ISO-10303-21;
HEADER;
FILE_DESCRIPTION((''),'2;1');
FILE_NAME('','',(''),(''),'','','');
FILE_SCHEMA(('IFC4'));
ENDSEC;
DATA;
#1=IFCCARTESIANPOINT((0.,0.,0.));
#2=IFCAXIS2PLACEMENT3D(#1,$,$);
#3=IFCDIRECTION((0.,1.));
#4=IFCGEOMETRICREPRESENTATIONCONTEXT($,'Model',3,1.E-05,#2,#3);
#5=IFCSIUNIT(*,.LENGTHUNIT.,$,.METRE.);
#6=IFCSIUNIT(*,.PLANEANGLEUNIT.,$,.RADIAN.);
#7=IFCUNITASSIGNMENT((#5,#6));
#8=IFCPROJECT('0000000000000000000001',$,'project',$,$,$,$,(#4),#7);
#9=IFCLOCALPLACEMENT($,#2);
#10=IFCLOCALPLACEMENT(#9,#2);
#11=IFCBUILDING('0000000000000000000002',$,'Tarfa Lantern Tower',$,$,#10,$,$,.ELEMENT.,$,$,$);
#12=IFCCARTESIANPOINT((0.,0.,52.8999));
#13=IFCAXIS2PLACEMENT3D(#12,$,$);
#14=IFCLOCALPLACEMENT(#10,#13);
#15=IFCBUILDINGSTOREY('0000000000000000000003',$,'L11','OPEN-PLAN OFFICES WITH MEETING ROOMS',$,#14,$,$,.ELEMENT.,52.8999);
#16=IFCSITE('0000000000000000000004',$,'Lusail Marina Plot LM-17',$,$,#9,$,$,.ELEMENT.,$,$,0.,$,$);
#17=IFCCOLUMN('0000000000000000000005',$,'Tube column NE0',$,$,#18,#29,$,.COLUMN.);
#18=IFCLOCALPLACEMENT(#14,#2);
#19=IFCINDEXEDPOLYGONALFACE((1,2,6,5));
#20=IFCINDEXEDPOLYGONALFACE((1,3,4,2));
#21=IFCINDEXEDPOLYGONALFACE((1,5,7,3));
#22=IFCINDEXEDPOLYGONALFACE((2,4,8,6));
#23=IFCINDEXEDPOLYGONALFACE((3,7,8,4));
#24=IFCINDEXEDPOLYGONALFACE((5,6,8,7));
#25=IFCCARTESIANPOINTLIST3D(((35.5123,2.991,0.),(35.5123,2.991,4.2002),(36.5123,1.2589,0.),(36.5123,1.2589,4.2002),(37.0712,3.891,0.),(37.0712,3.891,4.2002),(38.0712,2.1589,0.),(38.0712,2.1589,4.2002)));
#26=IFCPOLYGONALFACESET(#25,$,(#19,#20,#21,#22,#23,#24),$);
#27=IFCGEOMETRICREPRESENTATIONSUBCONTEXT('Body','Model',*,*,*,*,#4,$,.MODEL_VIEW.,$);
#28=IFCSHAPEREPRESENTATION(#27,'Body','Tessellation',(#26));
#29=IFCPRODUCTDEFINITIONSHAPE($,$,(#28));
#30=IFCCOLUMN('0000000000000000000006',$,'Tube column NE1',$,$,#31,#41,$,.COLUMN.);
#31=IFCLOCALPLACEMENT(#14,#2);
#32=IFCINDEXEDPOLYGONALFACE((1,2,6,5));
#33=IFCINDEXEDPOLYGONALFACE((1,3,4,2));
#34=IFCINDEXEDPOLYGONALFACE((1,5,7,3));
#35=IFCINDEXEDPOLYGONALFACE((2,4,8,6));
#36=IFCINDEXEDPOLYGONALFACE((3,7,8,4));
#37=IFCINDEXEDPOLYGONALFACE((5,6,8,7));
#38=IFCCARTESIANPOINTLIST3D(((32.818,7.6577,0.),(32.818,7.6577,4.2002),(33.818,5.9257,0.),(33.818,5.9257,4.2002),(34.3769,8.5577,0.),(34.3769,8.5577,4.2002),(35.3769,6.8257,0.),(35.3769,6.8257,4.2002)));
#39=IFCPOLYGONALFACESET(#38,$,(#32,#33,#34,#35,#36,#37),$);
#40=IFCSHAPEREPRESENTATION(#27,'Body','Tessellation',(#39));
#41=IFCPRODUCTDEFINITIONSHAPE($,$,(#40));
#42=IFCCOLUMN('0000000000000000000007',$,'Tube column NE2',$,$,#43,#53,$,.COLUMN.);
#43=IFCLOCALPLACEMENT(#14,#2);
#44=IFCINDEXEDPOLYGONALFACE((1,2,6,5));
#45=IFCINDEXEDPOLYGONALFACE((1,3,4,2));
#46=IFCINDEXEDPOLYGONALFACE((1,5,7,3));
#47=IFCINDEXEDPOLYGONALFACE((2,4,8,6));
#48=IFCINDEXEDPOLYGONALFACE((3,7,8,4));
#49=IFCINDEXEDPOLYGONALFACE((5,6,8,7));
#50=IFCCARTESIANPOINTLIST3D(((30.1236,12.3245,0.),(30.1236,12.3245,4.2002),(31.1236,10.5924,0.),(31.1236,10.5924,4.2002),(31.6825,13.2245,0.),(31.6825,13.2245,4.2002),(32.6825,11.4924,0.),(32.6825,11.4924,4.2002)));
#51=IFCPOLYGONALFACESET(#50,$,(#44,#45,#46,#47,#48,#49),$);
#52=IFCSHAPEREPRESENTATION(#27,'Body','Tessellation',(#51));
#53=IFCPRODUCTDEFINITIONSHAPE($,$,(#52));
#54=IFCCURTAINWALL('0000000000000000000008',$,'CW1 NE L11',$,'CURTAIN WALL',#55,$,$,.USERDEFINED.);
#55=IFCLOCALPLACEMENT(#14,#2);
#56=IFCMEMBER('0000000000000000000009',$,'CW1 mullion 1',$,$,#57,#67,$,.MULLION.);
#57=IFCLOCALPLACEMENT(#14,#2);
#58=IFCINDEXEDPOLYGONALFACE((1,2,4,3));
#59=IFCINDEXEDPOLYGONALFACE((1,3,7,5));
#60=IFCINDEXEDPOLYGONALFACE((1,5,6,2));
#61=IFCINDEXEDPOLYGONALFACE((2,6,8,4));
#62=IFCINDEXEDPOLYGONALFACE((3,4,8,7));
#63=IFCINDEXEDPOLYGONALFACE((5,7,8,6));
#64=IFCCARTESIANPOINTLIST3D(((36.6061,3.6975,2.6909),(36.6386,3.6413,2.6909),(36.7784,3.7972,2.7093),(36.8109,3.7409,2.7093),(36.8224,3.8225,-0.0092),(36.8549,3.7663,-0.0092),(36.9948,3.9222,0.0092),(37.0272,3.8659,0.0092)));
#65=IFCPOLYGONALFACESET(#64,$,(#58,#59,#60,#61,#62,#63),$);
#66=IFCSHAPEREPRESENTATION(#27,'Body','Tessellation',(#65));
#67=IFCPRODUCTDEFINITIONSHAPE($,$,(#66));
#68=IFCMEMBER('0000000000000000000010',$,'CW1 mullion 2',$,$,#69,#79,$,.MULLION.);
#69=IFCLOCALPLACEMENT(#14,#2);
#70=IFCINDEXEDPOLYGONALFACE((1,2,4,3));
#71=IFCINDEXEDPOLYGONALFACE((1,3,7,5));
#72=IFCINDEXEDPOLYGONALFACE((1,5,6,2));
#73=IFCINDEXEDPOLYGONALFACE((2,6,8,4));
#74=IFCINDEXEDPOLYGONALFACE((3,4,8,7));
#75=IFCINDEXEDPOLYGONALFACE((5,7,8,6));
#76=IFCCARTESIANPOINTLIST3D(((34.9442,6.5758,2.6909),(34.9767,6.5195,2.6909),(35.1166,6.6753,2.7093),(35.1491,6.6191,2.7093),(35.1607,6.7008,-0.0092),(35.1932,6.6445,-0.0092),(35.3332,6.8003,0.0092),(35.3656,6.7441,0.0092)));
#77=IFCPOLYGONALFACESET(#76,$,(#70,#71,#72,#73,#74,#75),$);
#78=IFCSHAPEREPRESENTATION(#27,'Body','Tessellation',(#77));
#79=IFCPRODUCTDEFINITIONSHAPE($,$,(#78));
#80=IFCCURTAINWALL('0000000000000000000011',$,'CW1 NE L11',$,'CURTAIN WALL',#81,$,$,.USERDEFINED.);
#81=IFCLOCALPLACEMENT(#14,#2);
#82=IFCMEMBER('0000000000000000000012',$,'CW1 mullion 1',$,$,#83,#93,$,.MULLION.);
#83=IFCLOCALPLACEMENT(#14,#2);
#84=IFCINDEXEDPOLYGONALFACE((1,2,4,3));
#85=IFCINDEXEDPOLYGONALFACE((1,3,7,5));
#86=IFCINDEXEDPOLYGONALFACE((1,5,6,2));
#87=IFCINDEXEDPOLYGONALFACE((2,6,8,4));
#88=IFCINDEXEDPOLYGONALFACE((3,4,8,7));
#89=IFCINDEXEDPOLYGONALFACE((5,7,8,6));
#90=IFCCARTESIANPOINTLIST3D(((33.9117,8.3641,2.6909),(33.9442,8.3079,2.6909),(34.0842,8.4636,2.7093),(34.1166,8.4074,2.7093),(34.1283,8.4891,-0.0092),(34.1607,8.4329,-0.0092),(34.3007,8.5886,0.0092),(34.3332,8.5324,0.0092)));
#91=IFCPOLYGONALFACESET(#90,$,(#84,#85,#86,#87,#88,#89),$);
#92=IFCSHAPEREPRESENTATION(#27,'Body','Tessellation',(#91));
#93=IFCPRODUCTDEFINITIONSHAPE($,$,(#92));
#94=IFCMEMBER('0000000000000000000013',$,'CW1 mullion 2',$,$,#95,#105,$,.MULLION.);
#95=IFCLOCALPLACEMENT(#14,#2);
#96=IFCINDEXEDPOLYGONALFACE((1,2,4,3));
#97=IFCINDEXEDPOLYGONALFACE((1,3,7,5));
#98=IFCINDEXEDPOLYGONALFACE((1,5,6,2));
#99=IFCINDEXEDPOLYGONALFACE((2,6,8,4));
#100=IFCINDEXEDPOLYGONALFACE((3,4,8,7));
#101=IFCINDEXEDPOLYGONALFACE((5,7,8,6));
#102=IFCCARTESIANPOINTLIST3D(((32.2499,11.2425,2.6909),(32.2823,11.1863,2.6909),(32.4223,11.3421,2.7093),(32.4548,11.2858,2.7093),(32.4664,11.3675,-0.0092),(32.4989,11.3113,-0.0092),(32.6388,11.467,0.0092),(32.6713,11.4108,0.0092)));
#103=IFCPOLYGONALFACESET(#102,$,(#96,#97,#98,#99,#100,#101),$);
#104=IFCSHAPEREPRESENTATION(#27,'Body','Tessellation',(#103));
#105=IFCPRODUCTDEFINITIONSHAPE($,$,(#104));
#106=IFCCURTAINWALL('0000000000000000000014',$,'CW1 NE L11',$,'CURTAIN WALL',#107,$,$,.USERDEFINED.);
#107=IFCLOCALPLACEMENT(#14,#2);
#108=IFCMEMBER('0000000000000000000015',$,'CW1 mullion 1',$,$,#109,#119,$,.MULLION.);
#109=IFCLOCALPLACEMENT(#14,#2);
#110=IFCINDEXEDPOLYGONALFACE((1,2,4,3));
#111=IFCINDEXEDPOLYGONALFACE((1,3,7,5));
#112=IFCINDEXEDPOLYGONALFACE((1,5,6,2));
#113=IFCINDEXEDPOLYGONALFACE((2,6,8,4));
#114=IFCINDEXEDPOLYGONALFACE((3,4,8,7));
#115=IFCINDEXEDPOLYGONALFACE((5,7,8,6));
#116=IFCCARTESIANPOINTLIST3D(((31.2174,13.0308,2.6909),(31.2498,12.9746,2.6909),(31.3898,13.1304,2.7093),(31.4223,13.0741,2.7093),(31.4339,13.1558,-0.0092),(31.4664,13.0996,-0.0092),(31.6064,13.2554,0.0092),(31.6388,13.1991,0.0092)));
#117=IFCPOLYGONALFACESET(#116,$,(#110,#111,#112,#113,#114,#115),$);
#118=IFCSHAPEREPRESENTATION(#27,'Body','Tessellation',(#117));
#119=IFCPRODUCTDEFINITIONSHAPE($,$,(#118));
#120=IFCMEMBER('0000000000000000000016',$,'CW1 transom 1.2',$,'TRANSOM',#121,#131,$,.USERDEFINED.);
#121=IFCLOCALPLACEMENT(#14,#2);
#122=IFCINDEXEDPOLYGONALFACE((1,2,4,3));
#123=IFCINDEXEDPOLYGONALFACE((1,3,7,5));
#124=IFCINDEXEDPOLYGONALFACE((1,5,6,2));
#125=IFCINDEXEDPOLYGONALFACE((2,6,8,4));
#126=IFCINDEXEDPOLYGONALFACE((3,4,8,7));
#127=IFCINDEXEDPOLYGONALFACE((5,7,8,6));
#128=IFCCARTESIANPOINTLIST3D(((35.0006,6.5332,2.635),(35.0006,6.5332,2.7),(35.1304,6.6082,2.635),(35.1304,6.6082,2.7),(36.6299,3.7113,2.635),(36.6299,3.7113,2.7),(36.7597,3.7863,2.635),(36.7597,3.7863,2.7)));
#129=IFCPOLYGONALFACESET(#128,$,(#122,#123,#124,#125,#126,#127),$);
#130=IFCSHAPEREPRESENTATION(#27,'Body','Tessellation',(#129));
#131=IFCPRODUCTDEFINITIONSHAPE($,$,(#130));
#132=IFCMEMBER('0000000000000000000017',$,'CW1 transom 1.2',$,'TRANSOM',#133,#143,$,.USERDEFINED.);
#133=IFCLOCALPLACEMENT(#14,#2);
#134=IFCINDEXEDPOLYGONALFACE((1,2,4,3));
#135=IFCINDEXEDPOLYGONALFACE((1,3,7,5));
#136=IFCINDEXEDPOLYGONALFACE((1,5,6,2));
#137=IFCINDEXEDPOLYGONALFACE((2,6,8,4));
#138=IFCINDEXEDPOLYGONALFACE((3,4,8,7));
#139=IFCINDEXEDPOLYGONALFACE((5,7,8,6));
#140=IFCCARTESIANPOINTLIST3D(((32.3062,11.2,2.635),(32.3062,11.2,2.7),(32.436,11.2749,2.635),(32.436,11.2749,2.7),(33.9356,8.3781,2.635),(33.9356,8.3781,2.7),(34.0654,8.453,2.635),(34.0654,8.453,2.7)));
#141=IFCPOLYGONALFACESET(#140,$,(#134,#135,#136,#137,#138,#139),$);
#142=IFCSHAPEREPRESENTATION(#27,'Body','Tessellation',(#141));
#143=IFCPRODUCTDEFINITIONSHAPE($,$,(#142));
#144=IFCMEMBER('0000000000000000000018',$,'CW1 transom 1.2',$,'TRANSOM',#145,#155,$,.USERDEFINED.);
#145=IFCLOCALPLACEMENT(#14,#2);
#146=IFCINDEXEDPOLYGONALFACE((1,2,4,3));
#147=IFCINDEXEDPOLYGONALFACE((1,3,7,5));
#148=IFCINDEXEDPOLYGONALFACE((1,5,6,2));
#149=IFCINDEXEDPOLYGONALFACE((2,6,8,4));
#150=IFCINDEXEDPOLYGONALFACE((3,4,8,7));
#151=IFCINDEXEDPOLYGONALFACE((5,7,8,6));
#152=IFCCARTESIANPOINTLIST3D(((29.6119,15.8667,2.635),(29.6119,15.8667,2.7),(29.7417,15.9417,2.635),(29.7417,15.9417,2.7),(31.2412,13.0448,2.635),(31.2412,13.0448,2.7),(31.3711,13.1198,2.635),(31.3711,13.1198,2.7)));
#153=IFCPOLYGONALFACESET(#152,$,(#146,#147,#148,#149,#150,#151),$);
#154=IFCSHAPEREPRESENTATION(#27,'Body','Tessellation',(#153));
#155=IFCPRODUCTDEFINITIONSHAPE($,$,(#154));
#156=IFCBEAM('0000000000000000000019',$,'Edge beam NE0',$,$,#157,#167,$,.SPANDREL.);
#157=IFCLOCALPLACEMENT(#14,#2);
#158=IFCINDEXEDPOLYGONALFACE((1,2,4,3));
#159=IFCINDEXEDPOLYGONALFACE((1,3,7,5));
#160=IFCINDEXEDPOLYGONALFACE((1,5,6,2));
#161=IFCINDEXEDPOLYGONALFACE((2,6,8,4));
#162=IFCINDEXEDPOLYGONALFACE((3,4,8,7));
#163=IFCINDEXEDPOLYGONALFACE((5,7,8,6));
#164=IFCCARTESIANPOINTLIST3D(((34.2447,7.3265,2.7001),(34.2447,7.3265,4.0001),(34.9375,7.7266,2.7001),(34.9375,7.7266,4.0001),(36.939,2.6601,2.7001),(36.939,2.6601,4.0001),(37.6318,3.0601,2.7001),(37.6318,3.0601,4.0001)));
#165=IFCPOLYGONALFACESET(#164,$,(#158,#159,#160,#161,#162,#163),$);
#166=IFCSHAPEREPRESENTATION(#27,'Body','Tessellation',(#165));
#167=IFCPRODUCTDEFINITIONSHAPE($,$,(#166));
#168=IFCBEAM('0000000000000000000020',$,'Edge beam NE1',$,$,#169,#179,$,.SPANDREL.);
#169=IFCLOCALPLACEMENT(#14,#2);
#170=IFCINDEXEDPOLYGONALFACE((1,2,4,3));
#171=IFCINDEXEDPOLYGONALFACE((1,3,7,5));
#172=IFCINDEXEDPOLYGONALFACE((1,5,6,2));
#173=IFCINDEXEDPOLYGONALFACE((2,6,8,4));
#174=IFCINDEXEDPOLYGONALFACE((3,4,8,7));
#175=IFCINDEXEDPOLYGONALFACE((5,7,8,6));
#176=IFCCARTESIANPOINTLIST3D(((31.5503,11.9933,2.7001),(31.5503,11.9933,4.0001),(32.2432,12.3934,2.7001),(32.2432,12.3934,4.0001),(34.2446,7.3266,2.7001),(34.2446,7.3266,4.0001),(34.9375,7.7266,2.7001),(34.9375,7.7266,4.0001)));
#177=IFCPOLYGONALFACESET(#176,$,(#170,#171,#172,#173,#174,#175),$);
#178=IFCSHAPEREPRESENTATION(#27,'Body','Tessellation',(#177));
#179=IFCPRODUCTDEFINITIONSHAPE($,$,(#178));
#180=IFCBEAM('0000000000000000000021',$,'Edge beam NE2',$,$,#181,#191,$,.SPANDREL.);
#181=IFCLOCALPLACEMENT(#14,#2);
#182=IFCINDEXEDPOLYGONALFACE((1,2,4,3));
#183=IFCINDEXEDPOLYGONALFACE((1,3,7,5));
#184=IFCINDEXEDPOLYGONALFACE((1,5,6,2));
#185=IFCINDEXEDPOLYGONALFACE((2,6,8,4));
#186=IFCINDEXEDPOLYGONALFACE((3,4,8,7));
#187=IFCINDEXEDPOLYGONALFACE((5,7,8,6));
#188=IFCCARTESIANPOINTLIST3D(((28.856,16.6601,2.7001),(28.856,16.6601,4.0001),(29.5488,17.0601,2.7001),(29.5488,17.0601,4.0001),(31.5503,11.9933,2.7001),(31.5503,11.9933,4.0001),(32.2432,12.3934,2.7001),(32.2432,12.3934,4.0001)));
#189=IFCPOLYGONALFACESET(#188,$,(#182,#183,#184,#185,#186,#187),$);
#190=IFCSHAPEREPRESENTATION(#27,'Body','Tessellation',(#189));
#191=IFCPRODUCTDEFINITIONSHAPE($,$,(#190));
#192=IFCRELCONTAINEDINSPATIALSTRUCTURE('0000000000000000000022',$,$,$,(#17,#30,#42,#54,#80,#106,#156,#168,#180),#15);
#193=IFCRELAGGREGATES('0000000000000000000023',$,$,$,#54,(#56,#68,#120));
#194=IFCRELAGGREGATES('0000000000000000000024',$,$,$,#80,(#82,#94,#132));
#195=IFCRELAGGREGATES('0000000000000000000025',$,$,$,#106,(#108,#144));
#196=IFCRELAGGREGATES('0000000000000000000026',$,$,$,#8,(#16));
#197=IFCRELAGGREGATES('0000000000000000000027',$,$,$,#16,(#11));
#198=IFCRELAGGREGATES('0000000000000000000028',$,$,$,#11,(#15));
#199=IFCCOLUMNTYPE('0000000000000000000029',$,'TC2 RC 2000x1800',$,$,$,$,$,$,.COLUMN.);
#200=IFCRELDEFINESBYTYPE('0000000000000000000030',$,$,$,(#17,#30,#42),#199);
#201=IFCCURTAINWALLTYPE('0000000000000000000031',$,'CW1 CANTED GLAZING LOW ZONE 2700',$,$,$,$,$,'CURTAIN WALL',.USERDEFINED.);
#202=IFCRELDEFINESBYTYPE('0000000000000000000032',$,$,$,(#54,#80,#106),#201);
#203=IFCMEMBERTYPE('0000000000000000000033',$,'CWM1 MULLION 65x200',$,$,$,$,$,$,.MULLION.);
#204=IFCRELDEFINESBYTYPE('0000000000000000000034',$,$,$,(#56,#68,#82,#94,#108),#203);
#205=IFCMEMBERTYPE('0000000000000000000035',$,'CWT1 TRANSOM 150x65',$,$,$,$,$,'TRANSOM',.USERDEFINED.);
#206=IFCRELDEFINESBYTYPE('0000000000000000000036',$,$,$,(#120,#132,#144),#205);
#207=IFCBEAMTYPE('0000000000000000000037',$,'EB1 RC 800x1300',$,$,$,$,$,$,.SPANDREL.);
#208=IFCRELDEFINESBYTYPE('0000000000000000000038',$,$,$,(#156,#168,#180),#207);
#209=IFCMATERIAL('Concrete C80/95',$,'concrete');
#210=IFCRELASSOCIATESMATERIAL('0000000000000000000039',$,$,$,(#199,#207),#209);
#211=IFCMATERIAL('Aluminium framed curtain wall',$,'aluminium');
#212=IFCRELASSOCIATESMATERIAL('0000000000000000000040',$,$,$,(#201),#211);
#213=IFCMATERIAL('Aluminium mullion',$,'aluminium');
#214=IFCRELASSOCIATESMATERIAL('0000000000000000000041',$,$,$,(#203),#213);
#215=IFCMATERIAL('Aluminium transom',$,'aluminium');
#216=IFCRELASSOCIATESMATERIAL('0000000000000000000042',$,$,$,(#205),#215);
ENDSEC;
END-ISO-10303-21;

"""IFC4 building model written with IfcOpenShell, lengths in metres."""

from ifc_helpers import new_model, si_unit, direction, frame, origin, origin_2d, place, context, subcontext, project, spatial, rectangle, extrude, material, material_profile, profile_set, type_object, element, aggregate, save


model = new_model("IFC4")

# Units and contexts
model_context = context("Model", 3, precision=1e-05, world=origin(), true_north=direction((0.0, 1.0)))
body_context = subcontext(model_context, "Body", "Model", "MODEL_VIEW")
ifc_project = project(units=[si_unit("LENGTHUNIT", "METRE"), si_unit("PLANEANGLEUNIT", "RADIAN")], contexts=[model_context])

# Site, building, storey
site_placement = place(None, origin())
site = spatial("IfcSite", under=ifc_project, at=site_placement, Name="Lusail Marina Plot LM-17", CompositionType="ELEMENT", RefElevation=0.0)
building_placement = place(site_placement, origin())
building = spatial("IfcBuilding", under=site, at=building_placement, Name="Tarfa Lantern Tower", CompositionType="ELEMENT")
storey_placement = place(building_placement, frame((0.0, 0.0, 52.8999)))
storey = spatial("IfcBuildingStorey", under=building, at=storey_placement, Name="L11", Description="OPEN-PLAN OFFICES WITH MEETING ROOMS", CompositionType="ELEMENT", Elevation=52.8999)

# Columns
ifc_material_1 = material(Name="Concrete C80/95", Category="concrete")
ifc_material_profile_1 = material_profile(ifc_material_1, rectangle(XDim=2.0, YDim=1.8, at=origin_2d()), Name="RC 2000x1800")
ifc_profile_set_1 = profile_set([ifc_material_profile_1], Name="Concrete C80/95")
column_type = type_object("IfcColumnType", Name="TC2 RC 2000x1800", PredefinedType="COLUMN", material=ifc_profile_set_1)
for number, where, z_axis, x_axis, name in (
    (1, (36.7917, 2.575, 0.0), (0.0, 0.0, 1.0), (-0.5, 0.866025, 0.0), "Tube column NE0"),
    (2, (34.0974, 7.2417, 0.0), (0.0, 0.0, 1.0), (-0.5, 0.866025, 0.0), "Tube column NE1"),
    (3, (31.4031, 11.9084, 0.0), (0.0, 0.0, 1.0), (-0.5, 0.866025, 0.0), "Tube column NE2"),
):
    element("IfcColumn", number, at=place(storey_placement, frame(where, z_axis=z_axis, x_axis=x_axis)), inside=storey, type_object=column_type, Name=name, PredefinedType="COLUMN", context=body_context, shape_type="SweptSolid", body=[
        extrude(rectangle(XDim=2.0, YDim=1.8, at=origin_2d()), origin(), (0.0, 0.0, 1.0), 4.2002),
    ])

# Curtain walls, members
ifc_material_2 = material(Name="Aluminium framed curtain wall", Category="aluminium")
curtain_wall_type = type_object("IfcCurtainWallType", Name="CW1 CANTED GLAZING LOW ZONE 2700", ElementType="CURTAIN WALL", PredefinedType="USERDEFINED", material=ifc_material_2)
curtain_wall_1_placement = place(storey_placement, origin())
curtain_wall_1 = element("IfcCurtainWall", 4, at=curtain_wall_1_placement, inside=storey, type_object=curtain_wall_type, Name="CW1 NE L11", ObjectType="CURTAIN WALL", PredefinedType="USERDEFINED")
ifc_material_3 = material(Name="Aluminium mullion", Category="aluminium")
ifc_material_profile_2 = material_profile(ifc_material_3, rectangle(XDim=0.0649, YDim=0.2, at=origin_2d()), Name="AL MULLION 65x200")
ifc_profile_set_2 = profile_set([ifc_material_profile_2], Name="Aluminium mullion")
member_type_1 = type_object("IfcMemberType", Name="CWM1 MULLION 65x200", PredefinedType="MULLION", material=ifc_profile_set_2)
member_1_placement = place(storey_placement, frame((36.9248, 3.8442, 0.0), z_axis=(-0.079768, -0.046096, 0.995747), x_axis=(0.500343, -0.865827, 0.0)))
member_1 = element("IfcMember", 5, at=member_1_placement, type_object=member_type_1, Name="CW1 mullion 1", PredefinedType="MULLION", context=body_context, shape_type="SweptSolid", body=[
    extrude(rectangle(XDim=0.0649, YDim=0.2, at=origin_2d()), origin(), (0.0, 0.0, 1.0), 2.7117),
])
member_2_placement = place(storey_placement, frame((35.2632, 6.7224, 0.0), z_axis=(-0.079857, -0.046096, 0.99574), x_axis=(0.49992, -0.866072, 0.0)))
member_2 = element("IfcMember", 6, at=member_2_placement, type_object=member_type_1, Name="CW1 mullion 2", PredefinedType="MULLION", context=body_context, shape_type="SweptSolid", body=[
    extrude(rectangle(XDim=0.0649, YDim=0.2, at=origin_2d()), origin(), (0.0, 0.0, 1.0), 2.7117),
])
curtain_wall_2_placement = place(storey_placement, origin())
curtain_wall_2 = element("IfcCurtainWall", 7, at=curtain_wall_2_placement, inside=storey, type_object=curtain_wall_type, Name="CW1 NE L11", ObjectType="CURTAIN WALL", PredefinedType="USERDEFINED")
member_3_placement = place(storey_placement, frame((34.2307, 8.5107, 0.0), z_axis=(-0.079857, -0.046096, 0.99574), x_axis=(0.49992, -0.866072, 0.0)))
member_3 = element("IfcMember", 8, at=member_3_placement, type_object=member_type_1, Name="CW1 mullion 1", PredefinedType="MULLION", context=body_context, shape_type="SweptSolid", body=[
    extrude(rectangle(XDim=0.0649, YDim=0.2, at=origin_2d()), origin(), (0.0, 0.0, 1.0), 2.7117),
])
member_4_placement = place(storey_placement, frame((32.5688, 11.3892, 0.0), z_axis=(-0.079857, -0.046096, 0.99574), x_axis=(0.49992, -0.866072, 0.0)))
member_4 = element("IfcMember", 9, at=member_4_placement, type_object=member_type_1, Name="CW1 mullion 2", PredefinedType="MULLION", context=body_context, shape_type="SweptSolid", body=[
    extrude(rectangle(XDim=0.0649, YDim=0.2, at=origin_2d()), origin(), (0.0, 0.0, 1.0), 2.7117),
])

# Curtain wall, member
curtain_wall_3_placement = place(storey_placement, origin())
curtain_wall_3 = element("IfcCurtainWall", 10, at=curtain_wall_3_placement, inside=storey, type_object=curtain_wall_type, Name="CW1 NE L11", ObjectType="CURTAIN WALL", PredefinedType="USERDEFINED")
member_5_placement = place(storey_placement, frame((31.5364, 13.1775, 0.0), z_axis=(-0.079857, -0.046096, 0.99574), x_axis=(0.49992, -0.866072, 0.0)))
member_5 = element("IfcMember", 11, at=member_5_placement, type_object=member_type_1, Name="CW1 mullion 1", PredefinedType="MULLION", context=body_context, shape_type="SweptSolid", body=[
    extrude(rectangle(XDim=0.0649, YDim=0.2, at=origin_2d()), origin(), (0.0, 0.0, 1.0), 2.7117),
])

# Members
ifc_material_4 = material(Name="Aluminium transom", Category="aluminium")
ifc_material_profile_3 = material_profile(ifc_material_4, rectangle(XDim=0.1499, YDim=0.0649, at=origin_2d()), Name="AL TRANSOM 150x65")
ifc_profile_set_3 = profile_set([ifc_material_profile_3], Name="Aluminium transom")
member_type_2 = type_object("IfcMemberType", Name="CWT1 TRANSOM 150x65", ElementType="TRANSOM", PredefinedType="USERDEFINED", material=ifc_profile_set_3)
member_6_placement = place(storey_placement, frame((36.6948, 3.7488, 2.6675), z_axis=(-0.500023, 0.866012, 0.0), x_axis=(-0.866012, -0.500023, 0.0)))
member_6 = element("IfcMember", 12, at=member_6_placement, type_object=member_type_2, Name="CW1 transom 1.2", ObjectType="TRANSOM", PredefinedType="USERDEFINED", context=body_context, shape_type="SweptSolid", body=[
    extrude(rectangle(XDim=0.1499, YDim=0.0649, at=origin_2d()), origin(), (0.0, 0.0, 1.0), 3.2585),
])
member_7_placement = place(storey_placement, frame((34.0005, 8.4155, 2.6675), z_axis=(-0.500023, 0.866012, 0.0), x_axis=(-0.866012, -0.500023, 0.0)))
member_7 = element("IfcMember", 13, at=member_7_placement, type_object=member_type_2, Name="CW1 transom 1.2", ObjectType="TRANSOM", PredefinedType="USERDEFINED", context=body_context, shape_type="SweptSolid", body=[
    extrude(rectangle(XDim=0.1499, YDim=0.0649, at=origin_2d()), origin(), (0.0, 0.0, 1.0), 3.2585),
])
member_8_placement = place(storey_placement, frame((31.3062, 13.0823, 2.6675), z_axis=(-0.500023, 0.866012, 0.0), x_axis=(-0.866012, -0.500023, 0.0)))
member_8 = element("IfcMember", 14, at=member_8_placement, type_object=member_type_2, Name="CW1 transom 1.2", ObjectType="TRANSOM", PredefinedType="USERDEFINED", context=body_context, shape_type="SweptSolid", body=[
    extrude(rectangle(XDim=0.1499, YDim=0.0649, at=origin_2d()), origin(), (0.0, 0.0, 1.0), 3.2585),
])

# Beams
ifc_material_profile_4 = material_profile(ifc_material_1, rectangle(XDim=0.8, YDim=1.3, at=origin_2d()), Name="RC 800x1300")
ifc_profile_set_4 = profile_set([ifc_material_profile_4], Name="Concrete C80/95")
beam_type_1 = type_object("IfcBeamType", Name="EB1 RC 800x1300", PredefinedType="SPANDREL", material=ifc_profile_set_4)
beam_1_placement = place(storey_placement, frame((37.2854, 2.8601, 3.3501), z_axis=(-0.500018, 0.866015, 0.0), x_axis=(-0.866015, -0.500018, 0.0)))
element("IfcBeam", 15, at=beam_1_placement, inside=storey, type_object=beam_type_1, Name="Edge beam NE0", PredefinedType="SPANDREL", context=body_context, shape_type="SweptSolid", body=[
    extrude(rectangle(XDim=0.8, YDim=1.3, at=origin_2d()), origin(), (0.0, 0.0, 1.0), 5.3884),
])
for number, where, z_axis, x_axis, name in (
    (16, (34.5911, 7.5266, 3.3501), (-0.499998, 0.866026, 0.0), (-0.866026, -0.499998, 0.0), "Edge beam NE1"),
    (17, (31.8967, 12.1934, 3.3501), (-0.499998, 0.866026, 0.0), (-0.866026, -0.499998, 0.0), "Edge beam NE2"),
):
    element("IfcBeam", number, at=place(storey_placement, frame(where, z_axis=z_axis, x_axis=x_axis)), inside=storey, type_object=beam_type_1, Name=name, PredefinedType="SPANDREL", context=body_context, shape_type="SweptSolid", body=[
        extrude(rectangle(XDim=0.8, YDim=1.3, at=origin_2d()), origin(), (0.0, 0.0, 1.0), 5.3887),
    ])

aggregate(curtain_wall_1, [member_1, member_2, member_6])
aggregate(curtain_wall_2, [member_3, member_4, member_7])
aggregate(curtain_wall_3, [member_5, member_8])

save(model, "model.ifc")
